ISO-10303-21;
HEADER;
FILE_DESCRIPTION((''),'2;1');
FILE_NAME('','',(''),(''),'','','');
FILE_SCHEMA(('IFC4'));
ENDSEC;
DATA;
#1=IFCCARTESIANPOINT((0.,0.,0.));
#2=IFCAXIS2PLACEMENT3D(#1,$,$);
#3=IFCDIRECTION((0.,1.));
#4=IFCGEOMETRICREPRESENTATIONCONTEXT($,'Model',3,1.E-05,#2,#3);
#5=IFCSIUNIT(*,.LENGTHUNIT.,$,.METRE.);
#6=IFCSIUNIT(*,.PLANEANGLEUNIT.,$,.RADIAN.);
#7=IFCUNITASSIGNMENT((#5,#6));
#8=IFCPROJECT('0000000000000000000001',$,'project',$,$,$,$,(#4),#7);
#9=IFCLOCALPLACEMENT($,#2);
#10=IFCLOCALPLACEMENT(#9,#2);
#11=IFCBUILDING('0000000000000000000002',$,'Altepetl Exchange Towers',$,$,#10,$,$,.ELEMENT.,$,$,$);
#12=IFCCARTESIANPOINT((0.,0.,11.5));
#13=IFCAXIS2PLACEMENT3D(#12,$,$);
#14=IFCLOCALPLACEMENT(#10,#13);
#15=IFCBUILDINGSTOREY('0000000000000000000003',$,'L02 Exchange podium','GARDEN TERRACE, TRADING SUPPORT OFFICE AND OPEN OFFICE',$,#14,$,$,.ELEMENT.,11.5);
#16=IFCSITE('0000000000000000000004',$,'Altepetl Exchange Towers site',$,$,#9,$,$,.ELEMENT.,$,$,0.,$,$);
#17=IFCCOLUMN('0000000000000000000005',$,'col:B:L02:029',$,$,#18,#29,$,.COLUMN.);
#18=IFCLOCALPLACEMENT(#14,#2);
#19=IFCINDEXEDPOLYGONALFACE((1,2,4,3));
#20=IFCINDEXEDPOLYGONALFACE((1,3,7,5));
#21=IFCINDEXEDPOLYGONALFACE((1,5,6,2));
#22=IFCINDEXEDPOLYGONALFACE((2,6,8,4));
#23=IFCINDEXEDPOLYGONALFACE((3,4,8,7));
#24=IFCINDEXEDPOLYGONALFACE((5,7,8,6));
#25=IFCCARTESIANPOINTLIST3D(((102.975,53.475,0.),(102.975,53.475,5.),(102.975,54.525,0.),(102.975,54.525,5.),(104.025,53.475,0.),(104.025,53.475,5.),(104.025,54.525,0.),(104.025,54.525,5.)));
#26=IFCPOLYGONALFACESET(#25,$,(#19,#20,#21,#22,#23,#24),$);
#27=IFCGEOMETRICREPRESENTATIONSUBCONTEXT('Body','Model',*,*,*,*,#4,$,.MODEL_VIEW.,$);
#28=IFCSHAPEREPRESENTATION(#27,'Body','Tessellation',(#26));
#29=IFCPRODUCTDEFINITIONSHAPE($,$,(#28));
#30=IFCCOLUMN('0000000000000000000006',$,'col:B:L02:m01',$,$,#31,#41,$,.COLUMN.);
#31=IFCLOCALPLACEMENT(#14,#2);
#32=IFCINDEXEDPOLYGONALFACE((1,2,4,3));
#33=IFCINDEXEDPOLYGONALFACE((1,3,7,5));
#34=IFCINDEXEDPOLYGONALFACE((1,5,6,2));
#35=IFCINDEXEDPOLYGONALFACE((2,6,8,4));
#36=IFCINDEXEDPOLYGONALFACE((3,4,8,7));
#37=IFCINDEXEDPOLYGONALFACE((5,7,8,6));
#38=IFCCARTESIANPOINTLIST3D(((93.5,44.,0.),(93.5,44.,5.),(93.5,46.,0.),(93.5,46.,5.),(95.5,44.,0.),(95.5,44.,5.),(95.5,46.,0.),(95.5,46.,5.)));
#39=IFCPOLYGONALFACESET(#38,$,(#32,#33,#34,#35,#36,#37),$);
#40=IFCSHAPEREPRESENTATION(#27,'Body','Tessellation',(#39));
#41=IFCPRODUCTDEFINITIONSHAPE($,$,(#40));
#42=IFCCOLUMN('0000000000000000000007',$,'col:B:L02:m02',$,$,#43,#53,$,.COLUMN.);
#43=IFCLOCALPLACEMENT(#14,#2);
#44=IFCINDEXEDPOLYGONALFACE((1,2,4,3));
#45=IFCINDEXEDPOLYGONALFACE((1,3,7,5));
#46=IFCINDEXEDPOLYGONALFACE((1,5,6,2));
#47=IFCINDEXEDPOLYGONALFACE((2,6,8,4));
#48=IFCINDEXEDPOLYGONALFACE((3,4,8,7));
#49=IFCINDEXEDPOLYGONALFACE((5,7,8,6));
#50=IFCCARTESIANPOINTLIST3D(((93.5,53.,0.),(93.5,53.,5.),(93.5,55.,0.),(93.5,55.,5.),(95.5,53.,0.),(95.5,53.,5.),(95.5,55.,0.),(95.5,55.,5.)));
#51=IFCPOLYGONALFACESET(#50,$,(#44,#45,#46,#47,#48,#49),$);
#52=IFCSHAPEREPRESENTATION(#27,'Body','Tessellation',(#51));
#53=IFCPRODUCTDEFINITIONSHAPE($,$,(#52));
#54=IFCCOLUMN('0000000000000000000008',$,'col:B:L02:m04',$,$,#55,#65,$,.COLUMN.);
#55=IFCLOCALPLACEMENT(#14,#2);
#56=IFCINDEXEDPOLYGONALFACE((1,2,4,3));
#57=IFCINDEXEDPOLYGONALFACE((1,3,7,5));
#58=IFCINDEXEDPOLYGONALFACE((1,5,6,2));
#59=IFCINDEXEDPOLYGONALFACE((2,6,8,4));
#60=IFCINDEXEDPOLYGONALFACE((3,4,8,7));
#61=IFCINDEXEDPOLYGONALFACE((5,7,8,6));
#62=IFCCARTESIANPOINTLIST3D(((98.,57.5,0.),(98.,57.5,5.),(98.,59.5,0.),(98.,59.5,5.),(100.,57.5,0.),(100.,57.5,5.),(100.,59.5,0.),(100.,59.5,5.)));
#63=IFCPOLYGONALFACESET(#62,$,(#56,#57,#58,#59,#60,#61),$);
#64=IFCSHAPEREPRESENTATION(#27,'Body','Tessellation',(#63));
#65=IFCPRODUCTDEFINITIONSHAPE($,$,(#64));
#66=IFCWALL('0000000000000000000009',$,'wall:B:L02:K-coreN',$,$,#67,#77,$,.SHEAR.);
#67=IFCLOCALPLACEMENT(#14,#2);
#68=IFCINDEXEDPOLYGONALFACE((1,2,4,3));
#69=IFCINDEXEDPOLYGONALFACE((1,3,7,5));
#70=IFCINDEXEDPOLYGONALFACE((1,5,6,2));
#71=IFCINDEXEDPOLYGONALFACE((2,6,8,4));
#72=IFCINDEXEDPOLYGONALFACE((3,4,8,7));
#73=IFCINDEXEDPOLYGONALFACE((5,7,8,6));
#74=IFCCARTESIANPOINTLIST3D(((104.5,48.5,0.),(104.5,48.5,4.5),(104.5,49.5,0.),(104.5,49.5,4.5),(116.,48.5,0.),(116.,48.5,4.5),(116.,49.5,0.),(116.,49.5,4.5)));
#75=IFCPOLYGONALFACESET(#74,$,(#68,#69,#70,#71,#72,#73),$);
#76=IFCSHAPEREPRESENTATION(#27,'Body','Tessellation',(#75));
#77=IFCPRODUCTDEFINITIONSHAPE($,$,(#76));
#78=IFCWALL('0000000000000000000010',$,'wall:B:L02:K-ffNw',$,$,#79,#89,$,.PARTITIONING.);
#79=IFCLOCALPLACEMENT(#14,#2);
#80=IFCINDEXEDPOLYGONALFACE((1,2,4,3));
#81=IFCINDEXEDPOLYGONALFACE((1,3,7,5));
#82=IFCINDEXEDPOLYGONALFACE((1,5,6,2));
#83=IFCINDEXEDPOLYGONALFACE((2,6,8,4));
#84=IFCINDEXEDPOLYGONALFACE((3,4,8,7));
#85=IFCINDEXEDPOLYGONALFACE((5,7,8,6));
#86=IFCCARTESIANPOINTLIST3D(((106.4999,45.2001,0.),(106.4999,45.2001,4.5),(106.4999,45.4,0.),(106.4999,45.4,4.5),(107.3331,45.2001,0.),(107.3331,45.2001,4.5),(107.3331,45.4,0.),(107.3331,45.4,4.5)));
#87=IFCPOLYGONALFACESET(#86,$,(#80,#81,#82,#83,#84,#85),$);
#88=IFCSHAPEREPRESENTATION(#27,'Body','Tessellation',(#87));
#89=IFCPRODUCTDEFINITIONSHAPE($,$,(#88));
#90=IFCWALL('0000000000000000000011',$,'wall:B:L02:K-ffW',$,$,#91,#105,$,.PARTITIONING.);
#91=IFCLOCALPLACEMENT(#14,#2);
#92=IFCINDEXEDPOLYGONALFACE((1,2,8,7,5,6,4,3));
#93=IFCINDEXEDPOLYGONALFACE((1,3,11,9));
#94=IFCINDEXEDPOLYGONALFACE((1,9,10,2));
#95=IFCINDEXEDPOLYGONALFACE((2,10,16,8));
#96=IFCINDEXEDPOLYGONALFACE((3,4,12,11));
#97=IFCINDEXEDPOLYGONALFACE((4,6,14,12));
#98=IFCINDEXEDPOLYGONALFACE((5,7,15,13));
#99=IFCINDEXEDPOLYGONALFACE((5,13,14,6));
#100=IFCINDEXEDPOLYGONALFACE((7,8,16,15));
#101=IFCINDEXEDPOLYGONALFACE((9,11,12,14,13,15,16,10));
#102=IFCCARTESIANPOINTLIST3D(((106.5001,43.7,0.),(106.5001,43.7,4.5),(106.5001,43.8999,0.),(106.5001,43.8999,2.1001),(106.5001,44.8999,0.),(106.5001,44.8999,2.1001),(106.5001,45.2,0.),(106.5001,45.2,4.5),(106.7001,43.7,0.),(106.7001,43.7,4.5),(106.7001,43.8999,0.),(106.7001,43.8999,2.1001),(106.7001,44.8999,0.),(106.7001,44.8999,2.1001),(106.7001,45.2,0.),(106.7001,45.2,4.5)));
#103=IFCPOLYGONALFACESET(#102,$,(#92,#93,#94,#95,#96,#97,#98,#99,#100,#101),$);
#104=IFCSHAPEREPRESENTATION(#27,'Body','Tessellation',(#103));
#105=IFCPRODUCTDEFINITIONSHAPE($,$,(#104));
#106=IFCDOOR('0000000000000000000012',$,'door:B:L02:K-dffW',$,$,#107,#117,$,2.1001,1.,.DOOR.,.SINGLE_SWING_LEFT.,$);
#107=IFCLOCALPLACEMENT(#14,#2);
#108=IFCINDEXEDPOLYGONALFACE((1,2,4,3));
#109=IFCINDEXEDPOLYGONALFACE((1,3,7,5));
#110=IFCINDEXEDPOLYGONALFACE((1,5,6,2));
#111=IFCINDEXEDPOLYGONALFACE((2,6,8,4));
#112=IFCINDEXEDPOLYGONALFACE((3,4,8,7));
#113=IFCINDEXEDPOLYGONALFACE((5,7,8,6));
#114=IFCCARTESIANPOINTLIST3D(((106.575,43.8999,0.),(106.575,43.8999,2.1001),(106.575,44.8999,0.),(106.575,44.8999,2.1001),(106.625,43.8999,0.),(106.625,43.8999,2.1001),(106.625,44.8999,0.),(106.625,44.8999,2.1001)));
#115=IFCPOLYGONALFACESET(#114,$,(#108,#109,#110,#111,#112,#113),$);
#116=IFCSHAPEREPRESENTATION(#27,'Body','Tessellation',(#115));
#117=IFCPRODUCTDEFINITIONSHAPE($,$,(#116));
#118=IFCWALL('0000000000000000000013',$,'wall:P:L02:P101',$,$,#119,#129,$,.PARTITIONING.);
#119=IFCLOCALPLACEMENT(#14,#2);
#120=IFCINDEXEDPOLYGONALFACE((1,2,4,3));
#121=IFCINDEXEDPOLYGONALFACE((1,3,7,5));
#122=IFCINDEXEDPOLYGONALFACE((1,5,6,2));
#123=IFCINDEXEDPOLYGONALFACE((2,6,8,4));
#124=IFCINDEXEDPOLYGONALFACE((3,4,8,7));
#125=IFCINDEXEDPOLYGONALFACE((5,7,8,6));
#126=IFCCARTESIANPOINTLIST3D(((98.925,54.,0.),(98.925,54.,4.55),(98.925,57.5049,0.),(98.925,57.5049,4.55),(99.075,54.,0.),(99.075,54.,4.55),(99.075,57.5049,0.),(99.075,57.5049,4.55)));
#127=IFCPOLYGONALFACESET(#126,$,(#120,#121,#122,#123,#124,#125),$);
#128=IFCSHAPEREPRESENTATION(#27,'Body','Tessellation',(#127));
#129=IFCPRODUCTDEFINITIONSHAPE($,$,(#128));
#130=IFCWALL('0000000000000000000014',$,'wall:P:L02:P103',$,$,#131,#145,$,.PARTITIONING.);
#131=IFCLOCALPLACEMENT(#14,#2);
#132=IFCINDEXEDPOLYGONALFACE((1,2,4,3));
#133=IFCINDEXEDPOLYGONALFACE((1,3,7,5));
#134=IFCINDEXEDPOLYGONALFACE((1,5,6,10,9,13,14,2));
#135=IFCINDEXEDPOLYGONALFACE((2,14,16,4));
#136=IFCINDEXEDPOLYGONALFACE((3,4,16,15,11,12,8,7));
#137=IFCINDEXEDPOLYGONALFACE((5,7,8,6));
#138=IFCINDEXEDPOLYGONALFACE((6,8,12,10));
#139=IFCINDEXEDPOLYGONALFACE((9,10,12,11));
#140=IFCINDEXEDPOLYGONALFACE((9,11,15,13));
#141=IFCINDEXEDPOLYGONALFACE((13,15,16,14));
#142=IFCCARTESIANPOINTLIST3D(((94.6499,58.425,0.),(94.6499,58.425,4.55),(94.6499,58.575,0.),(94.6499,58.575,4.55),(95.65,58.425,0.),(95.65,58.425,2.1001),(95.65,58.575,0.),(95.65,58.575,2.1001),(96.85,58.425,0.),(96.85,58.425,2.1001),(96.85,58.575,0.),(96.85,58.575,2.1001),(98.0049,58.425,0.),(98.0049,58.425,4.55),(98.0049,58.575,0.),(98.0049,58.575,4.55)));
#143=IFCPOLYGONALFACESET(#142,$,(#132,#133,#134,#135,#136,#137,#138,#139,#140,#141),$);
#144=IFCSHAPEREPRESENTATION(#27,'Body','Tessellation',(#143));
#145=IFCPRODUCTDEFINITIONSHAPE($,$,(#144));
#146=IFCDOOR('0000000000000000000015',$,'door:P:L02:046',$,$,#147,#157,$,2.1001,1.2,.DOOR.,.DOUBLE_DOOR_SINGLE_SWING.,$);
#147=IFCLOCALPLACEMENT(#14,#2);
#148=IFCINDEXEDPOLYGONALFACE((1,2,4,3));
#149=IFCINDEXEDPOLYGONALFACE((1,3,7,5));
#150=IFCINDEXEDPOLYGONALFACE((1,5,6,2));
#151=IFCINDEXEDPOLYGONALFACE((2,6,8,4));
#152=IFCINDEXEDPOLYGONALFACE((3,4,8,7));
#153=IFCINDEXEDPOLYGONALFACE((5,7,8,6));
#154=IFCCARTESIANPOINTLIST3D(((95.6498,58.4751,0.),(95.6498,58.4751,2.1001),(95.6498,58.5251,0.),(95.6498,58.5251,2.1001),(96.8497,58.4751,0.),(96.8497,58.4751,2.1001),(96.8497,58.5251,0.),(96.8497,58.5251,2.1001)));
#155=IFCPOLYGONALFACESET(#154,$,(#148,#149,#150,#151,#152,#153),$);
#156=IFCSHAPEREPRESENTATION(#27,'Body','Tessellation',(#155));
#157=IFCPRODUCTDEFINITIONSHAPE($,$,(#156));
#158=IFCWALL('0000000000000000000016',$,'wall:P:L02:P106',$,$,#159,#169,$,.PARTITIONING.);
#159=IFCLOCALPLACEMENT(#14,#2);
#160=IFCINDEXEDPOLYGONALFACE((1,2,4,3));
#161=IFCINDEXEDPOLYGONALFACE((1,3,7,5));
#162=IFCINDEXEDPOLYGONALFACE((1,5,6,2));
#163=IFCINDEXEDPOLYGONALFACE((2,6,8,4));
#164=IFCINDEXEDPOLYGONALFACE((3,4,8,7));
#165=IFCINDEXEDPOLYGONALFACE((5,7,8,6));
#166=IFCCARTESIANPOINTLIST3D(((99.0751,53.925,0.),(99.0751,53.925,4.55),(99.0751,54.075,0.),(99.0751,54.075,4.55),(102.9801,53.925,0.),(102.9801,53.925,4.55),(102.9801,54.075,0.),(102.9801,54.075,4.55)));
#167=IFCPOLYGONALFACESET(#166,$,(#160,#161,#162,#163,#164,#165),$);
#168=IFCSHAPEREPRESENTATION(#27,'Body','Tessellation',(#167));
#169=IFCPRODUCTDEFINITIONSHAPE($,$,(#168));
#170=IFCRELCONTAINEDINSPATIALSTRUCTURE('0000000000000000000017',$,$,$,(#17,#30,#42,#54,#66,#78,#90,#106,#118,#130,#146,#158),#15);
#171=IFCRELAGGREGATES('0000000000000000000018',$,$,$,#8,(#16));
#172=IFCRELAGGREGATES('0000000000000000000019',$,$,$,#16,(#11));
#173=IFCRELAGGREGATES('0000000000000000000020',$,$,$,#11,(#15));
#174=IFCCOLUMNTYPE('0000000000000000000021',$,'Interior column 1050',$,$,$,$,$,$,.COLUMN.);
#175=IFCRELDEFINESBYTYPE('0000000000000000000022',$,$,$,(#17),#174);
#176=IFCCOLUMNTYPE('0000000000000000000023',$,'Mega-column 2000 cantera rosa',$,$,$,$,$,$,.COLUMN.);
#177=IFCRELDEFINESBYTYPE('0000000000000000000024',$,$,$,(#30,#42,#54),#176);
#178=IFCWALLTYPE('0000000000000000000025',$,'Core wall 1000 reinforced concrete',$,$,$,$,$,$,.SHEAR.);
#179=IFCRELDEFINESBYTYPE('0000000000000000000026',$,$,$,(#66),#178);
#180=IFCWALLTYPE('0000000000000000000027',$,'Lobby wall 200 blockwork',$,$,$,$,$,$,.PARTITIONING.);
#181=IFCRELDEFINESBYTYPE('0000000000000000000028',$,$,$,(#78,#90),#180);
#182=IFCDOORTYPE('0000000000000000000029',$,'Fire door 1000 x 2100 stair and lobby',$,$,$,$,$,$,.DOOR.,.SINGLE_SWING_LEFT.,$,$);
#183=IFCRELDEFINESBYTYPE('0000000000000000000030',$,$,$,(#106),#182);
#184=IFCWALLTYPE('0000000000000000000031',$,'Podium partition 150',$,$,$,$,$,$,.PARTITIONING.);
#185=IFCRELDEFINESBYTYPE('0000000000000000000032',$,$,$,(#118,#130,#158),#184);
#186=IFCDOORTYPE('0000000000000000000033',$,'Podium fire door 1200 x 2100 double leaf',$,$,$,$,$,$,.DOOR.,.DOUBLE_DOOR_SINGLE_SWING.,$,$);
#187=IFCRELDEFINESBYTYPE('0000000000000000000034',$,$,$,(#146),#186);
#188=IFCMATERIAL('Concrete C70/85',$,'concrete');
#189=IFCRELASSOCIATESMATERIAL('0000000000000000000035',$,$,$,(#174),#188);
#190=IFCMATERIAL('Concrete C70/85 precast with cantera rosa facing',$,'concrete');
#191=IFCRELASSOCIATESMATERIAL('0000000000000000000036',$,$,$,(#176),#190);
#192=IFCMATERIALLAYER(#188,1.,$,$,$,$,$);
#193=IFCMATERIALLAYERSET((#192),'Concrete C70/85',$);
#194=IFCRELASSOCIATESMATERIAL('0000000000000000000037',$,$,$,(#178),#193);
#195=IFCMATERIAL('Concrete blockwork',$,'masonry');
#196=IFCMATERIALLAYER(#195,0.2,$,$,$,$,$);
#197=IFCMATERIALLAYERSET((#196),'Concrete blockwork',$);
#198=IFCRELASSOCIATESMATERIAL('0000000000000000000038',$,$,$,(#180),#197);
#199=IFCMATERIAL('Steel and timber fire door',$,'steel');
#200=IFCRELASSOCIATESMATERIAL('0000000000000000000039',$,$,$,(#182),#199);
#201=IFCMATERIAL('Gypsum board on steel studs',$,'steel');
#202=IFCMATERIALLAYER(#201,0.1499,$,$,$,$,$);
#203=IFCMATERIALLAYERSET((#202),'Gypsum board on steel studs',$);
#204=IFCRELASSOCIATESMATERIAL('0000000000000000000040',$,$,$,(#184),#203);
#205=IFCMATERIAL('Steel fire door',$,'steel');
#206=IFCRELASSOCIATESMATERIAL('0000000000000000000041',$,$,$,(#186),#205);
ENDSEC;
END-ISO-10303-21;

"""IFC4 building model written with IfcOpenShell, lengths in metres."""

from ifc_helpers import new_model, si_unit, direction, frame, frame_2d, origin, origin_2d, place, context, subcontext, project, spatial, rectangle, extrude, material, layer, layer_set, material_profile, profile_set, type_object, element, fill, save


model = new_model("IFC4")

# Units and contexts
model_context = context("Model", 3, precision=1e-05, world=origin(), true_north=direction((0.0, 1.0)))
body_context = subcontext(model_context, "Body", "Model", "MODEL_VIEW")
ifc_project = project(units=[si_unit("LENGTHUNIT", "METRE"), si_unit("PLANEANGLEUNIT", "RADIAN")], contexts=[model_context])

# Site, building, storey
site_placement = place(None, origin())
site = spatial("IfcSite", under=ifc_project, at=site_placement, Name="Altepetl Exchange Towers site", CompositionType="ELEMENT", RefElevation=0.0)
building_placement = place(site_placement, origin())
building = spatial("IfcBuilding", under=site, at=building_placement, Name="Altepetl Exchange Towers", CompositionType="ELEMENT")
storey_placement = place(building_placement, frame((0.0, 0.0, 11.5)))
storey = spatial("IfcBuildingStorey", under=building, at=storey_placement, Name="L02 Exchange podium", Description="GARDEN TERRACE, TRADING SUPPORT OFFICE AND OPEN OFFICE", CompositionType="ELEMENT", Elevation=11.5)

# Columns
ifc_material_1 = material(Name="Concrete C70/85", Category="concrete")
ifc_material_profile_1 = material_profile(ifc_material_1, rectangle(XDim=1.05, YDim=1.05, at=origin_2d()), Name="1050 x 1050")
ifc_profile_set_1 = profile_set([ifc_material_profile_1], Name="Concrete C70/85")
column_type_1 = type_object("IfcColumnType", Name="Interior column 1050", PredefinedType="COLUMN", material=ifc_profile_set_1)
column_placement = place(storey_placement, frame((103.5, 54.0, 0.0)))
element("IfcColumn", 1, at=column_placement, inside=storey, type_object=column_type_1, Name="col:B:L02:029", PredefinedType="COLUMN", context=body_context, shape_type="SweptSolid", body=[
    extrude(rectangle(XDim=1.05, YDim=1.05, at=origin_2d()), origin(), (0.0, 0.0, 1.0), 5.0),
])
ifc_material_2 = material(Name="Concrete C70/85 precast with cantera rosa facing", Category="concrete")
ifc_material_profile_2 = material_profile(ifc_material_2, rectangle(XDim=2.0, YDim=2.0, at=origin_2d()), Name="2000 x 2000")
ifc_profile_set_2 = profile_set([ifc_material_profile_2], Name="Concrete C70/85 precast with cantera rosa facing")
column_type_2 = type_object("IfcColumnType", Name="Mega-column 2000 cantera rosa", PredefinedType="COLUMN", material=ifc_profile_set_2)
for number, where, name in (
    (2, (94.5, 45.0, 0.0), "col:B:L02:m01"),
    (3, (94.5, 54.0, 0.0), "col:B:L02:m02"),
    (4, (99.0, 58.5, 0.0), "col:B:L02:m04"),
):
    element("IfcColumn", number, at=place(storey_placement, frame(where)), inside=storey, type_object=column_type_2, Name=name, PredefinedType="COLUMN", context=body_context, shape_type="SweptSolid", body=[
        extrude(rectangle(XDim=2.0, YDim=2.0, at=origin_2d()), origin(), (0.0, 0.0, 1.0), 5.0),
    ])

# Walls
ifc_layer_1 = layer(ifc_material_1, 1.0)
ifc_layer_set_1 = layer_set([ifc_layer_1], Name="Concrete C70/85")
wall_type_1 = type_object("IfcWallType", Name="Core wall 1000 reinforced concrete", PredefinedType="SHEAR", material=ifc_layer_set_1)
wall_1_placement = place(storey_placement, frame((104.5, 49.0, 0.0)))
element("IfcWall", 5, at=wall_1_placement, inside=storey, type_object=wall_type_1, Name="wall:B:L02:K-coreN", PredefinedType="SHEAR", context=body_context, shape_type="SweptSolid", body=[
    extrude(rectangle(XDim=11.5, YDim=1.0, at=frame_2d((5.75, 0.0))), origin(), (0.0, 0.0, 1.0), 4.5),
])
ifc_material_3 = material(Name="Concrete blockwork", Category="masonry")
ifc_layer_2 = layer(ifc_material_3, 0.2)
ifc_layer_set_2 = layer_set([ifc_layer_2], Name="Concrete blockwork")
wall_type_2 = type_object("IfcWallType", Name="Lobby wall 200 blockwork", PredefinedType="PARTITIONING", material=ifc_layer_set_2)
wall_2_placement = place(storey_placement, frame((106.5, 45.3, 0.0)))
element("IfcWall", 6, at=wall_2_placement, inside=storey, type_object=wall_type_2, Name="wall:B:L02:K-ffNw", PredefinedType="PARTITIONING", context=body_context, shape_type="SweptSolid", body=[
    extrude(rectangle(XDim=0.8333, YDim=0.2, at=frame_2d((0.4165, 0.0))), origin(), (0.0, 0.0, 1.0), 4.5),
])

# Wall, opening, door
wall_3_placement = place(storey_placement, frame((106.6001, 43.7, 0.0), z_axis=(0.0, 0.0, 1.0), x_axis=(0.0, 1.0, 0.0)))
wall_3 = element("IfcWall", 7, at=wall_3_placement, inside=storey, type_object=wall_type_2, Name="wall:B:L02:K-ffW", PredefinedType="PARTITIONING", context=body_context, shape_type="SweptSolid", body=[
    extrude(rectangle(XDim=1.5, YDim=0.2, at=frame_2d((0.75, 0.0))), origin(), (0.0, 0.0, 1.0), 4.5),
])
opening_1_placement = place(wall_3_placement, frame((0.2, 0.0, 0.0)))
opening_1 = element("IfcOpeningElement", 8, at=opening_1_placement, cuts=wall_3, PredefinedType="OPENING", context=body_context, shape_type="SweptSolid", body=[
    extrude(rectangle(XDim=1.0, YDim=2.1001, at=frame_2d((0.5, 1.05))), frame((0.0, 0.1099, 0.0), z_axis=(0.0, -1.0, 0.0), x_axis=(1.0, 0.0, 0.0)), (0.0, 0.0, 1.0), 0.22),
])
ifc_material_4 = material(Name="Steel and timber fire door", Category="steel")
door_type_1 = type_object("IfcDoorType", Name="Fire door 1000 x 2100 stair and lobby", OperationType="SINGLE_SWING_LEFT", PredefinedType="DOOR", material=ifc_material_4)
door_1_placement = place(opening_1_placement, frame((1.0, 0.0, 0.0), x_axis=(-1.0, 0.0, 0.0)))
door_1 = element("IfcDoor", 9, at=door_1_placement, inside=storey, type_object=door_type_1, Name="door:B:L02:K-dffW", OperationType="SINGLE_SWING_LEFT", OverallHeight=2.1001, OverallWidth=1.0, PredefinedType="DOOR", context=body_context, shape_type="SweptSolid", body=[
    extrude(rectangle(XDim=1.0, YDim=2.1001, at=frame_2d((0.5, 1.05))), frame((0.0, 0.0249, 0.0), z_axis=(0.0, -1.0, 0.0), x_axis=(1.0, 0.0, 0.0)), (0.0, 0.0, 1.0), 0.05),
])
fill(opening_1, door_1)

# Wall
ifc_material_5 = material(Name="Gypsum board on steel studs", Category="steel")
ifc_layer_3 = layer(ifc_material_5, 0.1499)
ifc_layer_set_3 = layer_set([ifc_layer_3], Name="Gypsum board on steel studs")
wall_type_3 = type_object("IfcWallType", Name="Podium partition 150", PredefinedType="PARTITIONING", material=ifc_layer_set_3)
wall_4_placement = place(storey_placement, frame((99.0, 54.0, 0.0), z_axis=(0.0, 0.0, 1.0), x_axis=(0.0, 1.0, 0.0)))
element("IfcWall", 10, at=wall_4_placement, inside=storey, type_object=wall_type_3, Name="wall:P:L02:P101", PredefinedType="PARTITIONING", context=body_context, shape_type="SweptSolid", body=[
    extrude(rectangle(XDim=3.5049, YDim=0.1499, at=frame_2d((1.7524, 0.0))), origin(), (0.0, 0.0, 1.0), 4.55),
])

# Wall, opening, door
wall_5_placement = place(storey_placement, frame((94.6499, 58.5, 0.0)))
wall_5 = element("IfcWall", 11, at=wall_5_placement, inside=storey, type_object=wall_type_3, Name="wall:P:L02:P103", PredefinedType="PARTITIONING", context=body_context, shape_type="SweptSolid", body=[
    extrude(rectangle(XDim=3.355, YDim=0.1499, at=frame_2d((1.6775, 0.0))), origin(), (0.0, 0.0, 1.0), 4.55),
])
opening_2_placement = place(wall_5_placement, frame((1.0, 0.0, 0.0)))
opening_2 = element("IfcOpeningElement", 12, at=opening_2_placement, cuts=wall_5, PredefinedType="OPENING", context=body_context, shape_type="SweptSolid", body=[
    extrude(rectangle(XDim=1.2, YDim=2.1001, at=frame_2d((0.6001, 1.05))), frame((0.0, 0.085, 0.0), z_axis=(0.0, -1.0, 0.0), x_axis=(1.0, 0.0, 0.0)), (0.0, 0.0, 1.0), 0.1699),
])
ifc_material_6 = material(Name="Steel fire door", Category="steel")
door_type_2 = type_object("IfcDoorType", Name="Podium fire door 1200 x 2100 double leaf", OperationType="DOUBLE_DOOR_SINGLE_SWING", PredefinedType="DOOR", material=ifc_material_6)
door_2_placement = place(opening_2_placement, frame((1.2, 0.0, 0.0), x_axis=(-1.0, 0.0, 0.0)))
door_2 = element("IfcDoor", 13, at=door_2_placement, inside=storey, type_object=door_type_2, Name="door:P:L02:046", OperationType="DOUBLE_DOOR_SINGLE_SWING", OverallHeight=2.1001, OverallWidth=1.2, PredefinedType="DOOR", context=body_context, shape_type="SweptSolid", body=[
    extrude(rectangle(XDim=1.2, YDim=2.1001, at=frame_2d((0.6001, 1.05))), frame((0.0, 0.0249, 0.0), z_axis=(0.0, -1.0, 0.0), x_axis=(1.0, 0.0, 0.0)), (0.0, 0.0, 1.0), 0.05),
])
fill(opening_2, door_2)

# Wall
wall_6_placement = place(storey_placement, frame((99.075, 54.0, 0.0)))
element("IfcWall", 14, at=wall_6_placement, inside=storey, type_object=wall_type_3, Name="wall:P:L02:P106", PredefinedType="PARTITIONING", context=body_context, shape_type="SweptSolid", body=[
    extrude(rectangle(XDim=3.905, YDim=0.1499, at=frame_2d((1.9526, 0.0))), origin(), (0.0, 0.0, 1.0), 4.55),
])

save(model, "model.ifc")
